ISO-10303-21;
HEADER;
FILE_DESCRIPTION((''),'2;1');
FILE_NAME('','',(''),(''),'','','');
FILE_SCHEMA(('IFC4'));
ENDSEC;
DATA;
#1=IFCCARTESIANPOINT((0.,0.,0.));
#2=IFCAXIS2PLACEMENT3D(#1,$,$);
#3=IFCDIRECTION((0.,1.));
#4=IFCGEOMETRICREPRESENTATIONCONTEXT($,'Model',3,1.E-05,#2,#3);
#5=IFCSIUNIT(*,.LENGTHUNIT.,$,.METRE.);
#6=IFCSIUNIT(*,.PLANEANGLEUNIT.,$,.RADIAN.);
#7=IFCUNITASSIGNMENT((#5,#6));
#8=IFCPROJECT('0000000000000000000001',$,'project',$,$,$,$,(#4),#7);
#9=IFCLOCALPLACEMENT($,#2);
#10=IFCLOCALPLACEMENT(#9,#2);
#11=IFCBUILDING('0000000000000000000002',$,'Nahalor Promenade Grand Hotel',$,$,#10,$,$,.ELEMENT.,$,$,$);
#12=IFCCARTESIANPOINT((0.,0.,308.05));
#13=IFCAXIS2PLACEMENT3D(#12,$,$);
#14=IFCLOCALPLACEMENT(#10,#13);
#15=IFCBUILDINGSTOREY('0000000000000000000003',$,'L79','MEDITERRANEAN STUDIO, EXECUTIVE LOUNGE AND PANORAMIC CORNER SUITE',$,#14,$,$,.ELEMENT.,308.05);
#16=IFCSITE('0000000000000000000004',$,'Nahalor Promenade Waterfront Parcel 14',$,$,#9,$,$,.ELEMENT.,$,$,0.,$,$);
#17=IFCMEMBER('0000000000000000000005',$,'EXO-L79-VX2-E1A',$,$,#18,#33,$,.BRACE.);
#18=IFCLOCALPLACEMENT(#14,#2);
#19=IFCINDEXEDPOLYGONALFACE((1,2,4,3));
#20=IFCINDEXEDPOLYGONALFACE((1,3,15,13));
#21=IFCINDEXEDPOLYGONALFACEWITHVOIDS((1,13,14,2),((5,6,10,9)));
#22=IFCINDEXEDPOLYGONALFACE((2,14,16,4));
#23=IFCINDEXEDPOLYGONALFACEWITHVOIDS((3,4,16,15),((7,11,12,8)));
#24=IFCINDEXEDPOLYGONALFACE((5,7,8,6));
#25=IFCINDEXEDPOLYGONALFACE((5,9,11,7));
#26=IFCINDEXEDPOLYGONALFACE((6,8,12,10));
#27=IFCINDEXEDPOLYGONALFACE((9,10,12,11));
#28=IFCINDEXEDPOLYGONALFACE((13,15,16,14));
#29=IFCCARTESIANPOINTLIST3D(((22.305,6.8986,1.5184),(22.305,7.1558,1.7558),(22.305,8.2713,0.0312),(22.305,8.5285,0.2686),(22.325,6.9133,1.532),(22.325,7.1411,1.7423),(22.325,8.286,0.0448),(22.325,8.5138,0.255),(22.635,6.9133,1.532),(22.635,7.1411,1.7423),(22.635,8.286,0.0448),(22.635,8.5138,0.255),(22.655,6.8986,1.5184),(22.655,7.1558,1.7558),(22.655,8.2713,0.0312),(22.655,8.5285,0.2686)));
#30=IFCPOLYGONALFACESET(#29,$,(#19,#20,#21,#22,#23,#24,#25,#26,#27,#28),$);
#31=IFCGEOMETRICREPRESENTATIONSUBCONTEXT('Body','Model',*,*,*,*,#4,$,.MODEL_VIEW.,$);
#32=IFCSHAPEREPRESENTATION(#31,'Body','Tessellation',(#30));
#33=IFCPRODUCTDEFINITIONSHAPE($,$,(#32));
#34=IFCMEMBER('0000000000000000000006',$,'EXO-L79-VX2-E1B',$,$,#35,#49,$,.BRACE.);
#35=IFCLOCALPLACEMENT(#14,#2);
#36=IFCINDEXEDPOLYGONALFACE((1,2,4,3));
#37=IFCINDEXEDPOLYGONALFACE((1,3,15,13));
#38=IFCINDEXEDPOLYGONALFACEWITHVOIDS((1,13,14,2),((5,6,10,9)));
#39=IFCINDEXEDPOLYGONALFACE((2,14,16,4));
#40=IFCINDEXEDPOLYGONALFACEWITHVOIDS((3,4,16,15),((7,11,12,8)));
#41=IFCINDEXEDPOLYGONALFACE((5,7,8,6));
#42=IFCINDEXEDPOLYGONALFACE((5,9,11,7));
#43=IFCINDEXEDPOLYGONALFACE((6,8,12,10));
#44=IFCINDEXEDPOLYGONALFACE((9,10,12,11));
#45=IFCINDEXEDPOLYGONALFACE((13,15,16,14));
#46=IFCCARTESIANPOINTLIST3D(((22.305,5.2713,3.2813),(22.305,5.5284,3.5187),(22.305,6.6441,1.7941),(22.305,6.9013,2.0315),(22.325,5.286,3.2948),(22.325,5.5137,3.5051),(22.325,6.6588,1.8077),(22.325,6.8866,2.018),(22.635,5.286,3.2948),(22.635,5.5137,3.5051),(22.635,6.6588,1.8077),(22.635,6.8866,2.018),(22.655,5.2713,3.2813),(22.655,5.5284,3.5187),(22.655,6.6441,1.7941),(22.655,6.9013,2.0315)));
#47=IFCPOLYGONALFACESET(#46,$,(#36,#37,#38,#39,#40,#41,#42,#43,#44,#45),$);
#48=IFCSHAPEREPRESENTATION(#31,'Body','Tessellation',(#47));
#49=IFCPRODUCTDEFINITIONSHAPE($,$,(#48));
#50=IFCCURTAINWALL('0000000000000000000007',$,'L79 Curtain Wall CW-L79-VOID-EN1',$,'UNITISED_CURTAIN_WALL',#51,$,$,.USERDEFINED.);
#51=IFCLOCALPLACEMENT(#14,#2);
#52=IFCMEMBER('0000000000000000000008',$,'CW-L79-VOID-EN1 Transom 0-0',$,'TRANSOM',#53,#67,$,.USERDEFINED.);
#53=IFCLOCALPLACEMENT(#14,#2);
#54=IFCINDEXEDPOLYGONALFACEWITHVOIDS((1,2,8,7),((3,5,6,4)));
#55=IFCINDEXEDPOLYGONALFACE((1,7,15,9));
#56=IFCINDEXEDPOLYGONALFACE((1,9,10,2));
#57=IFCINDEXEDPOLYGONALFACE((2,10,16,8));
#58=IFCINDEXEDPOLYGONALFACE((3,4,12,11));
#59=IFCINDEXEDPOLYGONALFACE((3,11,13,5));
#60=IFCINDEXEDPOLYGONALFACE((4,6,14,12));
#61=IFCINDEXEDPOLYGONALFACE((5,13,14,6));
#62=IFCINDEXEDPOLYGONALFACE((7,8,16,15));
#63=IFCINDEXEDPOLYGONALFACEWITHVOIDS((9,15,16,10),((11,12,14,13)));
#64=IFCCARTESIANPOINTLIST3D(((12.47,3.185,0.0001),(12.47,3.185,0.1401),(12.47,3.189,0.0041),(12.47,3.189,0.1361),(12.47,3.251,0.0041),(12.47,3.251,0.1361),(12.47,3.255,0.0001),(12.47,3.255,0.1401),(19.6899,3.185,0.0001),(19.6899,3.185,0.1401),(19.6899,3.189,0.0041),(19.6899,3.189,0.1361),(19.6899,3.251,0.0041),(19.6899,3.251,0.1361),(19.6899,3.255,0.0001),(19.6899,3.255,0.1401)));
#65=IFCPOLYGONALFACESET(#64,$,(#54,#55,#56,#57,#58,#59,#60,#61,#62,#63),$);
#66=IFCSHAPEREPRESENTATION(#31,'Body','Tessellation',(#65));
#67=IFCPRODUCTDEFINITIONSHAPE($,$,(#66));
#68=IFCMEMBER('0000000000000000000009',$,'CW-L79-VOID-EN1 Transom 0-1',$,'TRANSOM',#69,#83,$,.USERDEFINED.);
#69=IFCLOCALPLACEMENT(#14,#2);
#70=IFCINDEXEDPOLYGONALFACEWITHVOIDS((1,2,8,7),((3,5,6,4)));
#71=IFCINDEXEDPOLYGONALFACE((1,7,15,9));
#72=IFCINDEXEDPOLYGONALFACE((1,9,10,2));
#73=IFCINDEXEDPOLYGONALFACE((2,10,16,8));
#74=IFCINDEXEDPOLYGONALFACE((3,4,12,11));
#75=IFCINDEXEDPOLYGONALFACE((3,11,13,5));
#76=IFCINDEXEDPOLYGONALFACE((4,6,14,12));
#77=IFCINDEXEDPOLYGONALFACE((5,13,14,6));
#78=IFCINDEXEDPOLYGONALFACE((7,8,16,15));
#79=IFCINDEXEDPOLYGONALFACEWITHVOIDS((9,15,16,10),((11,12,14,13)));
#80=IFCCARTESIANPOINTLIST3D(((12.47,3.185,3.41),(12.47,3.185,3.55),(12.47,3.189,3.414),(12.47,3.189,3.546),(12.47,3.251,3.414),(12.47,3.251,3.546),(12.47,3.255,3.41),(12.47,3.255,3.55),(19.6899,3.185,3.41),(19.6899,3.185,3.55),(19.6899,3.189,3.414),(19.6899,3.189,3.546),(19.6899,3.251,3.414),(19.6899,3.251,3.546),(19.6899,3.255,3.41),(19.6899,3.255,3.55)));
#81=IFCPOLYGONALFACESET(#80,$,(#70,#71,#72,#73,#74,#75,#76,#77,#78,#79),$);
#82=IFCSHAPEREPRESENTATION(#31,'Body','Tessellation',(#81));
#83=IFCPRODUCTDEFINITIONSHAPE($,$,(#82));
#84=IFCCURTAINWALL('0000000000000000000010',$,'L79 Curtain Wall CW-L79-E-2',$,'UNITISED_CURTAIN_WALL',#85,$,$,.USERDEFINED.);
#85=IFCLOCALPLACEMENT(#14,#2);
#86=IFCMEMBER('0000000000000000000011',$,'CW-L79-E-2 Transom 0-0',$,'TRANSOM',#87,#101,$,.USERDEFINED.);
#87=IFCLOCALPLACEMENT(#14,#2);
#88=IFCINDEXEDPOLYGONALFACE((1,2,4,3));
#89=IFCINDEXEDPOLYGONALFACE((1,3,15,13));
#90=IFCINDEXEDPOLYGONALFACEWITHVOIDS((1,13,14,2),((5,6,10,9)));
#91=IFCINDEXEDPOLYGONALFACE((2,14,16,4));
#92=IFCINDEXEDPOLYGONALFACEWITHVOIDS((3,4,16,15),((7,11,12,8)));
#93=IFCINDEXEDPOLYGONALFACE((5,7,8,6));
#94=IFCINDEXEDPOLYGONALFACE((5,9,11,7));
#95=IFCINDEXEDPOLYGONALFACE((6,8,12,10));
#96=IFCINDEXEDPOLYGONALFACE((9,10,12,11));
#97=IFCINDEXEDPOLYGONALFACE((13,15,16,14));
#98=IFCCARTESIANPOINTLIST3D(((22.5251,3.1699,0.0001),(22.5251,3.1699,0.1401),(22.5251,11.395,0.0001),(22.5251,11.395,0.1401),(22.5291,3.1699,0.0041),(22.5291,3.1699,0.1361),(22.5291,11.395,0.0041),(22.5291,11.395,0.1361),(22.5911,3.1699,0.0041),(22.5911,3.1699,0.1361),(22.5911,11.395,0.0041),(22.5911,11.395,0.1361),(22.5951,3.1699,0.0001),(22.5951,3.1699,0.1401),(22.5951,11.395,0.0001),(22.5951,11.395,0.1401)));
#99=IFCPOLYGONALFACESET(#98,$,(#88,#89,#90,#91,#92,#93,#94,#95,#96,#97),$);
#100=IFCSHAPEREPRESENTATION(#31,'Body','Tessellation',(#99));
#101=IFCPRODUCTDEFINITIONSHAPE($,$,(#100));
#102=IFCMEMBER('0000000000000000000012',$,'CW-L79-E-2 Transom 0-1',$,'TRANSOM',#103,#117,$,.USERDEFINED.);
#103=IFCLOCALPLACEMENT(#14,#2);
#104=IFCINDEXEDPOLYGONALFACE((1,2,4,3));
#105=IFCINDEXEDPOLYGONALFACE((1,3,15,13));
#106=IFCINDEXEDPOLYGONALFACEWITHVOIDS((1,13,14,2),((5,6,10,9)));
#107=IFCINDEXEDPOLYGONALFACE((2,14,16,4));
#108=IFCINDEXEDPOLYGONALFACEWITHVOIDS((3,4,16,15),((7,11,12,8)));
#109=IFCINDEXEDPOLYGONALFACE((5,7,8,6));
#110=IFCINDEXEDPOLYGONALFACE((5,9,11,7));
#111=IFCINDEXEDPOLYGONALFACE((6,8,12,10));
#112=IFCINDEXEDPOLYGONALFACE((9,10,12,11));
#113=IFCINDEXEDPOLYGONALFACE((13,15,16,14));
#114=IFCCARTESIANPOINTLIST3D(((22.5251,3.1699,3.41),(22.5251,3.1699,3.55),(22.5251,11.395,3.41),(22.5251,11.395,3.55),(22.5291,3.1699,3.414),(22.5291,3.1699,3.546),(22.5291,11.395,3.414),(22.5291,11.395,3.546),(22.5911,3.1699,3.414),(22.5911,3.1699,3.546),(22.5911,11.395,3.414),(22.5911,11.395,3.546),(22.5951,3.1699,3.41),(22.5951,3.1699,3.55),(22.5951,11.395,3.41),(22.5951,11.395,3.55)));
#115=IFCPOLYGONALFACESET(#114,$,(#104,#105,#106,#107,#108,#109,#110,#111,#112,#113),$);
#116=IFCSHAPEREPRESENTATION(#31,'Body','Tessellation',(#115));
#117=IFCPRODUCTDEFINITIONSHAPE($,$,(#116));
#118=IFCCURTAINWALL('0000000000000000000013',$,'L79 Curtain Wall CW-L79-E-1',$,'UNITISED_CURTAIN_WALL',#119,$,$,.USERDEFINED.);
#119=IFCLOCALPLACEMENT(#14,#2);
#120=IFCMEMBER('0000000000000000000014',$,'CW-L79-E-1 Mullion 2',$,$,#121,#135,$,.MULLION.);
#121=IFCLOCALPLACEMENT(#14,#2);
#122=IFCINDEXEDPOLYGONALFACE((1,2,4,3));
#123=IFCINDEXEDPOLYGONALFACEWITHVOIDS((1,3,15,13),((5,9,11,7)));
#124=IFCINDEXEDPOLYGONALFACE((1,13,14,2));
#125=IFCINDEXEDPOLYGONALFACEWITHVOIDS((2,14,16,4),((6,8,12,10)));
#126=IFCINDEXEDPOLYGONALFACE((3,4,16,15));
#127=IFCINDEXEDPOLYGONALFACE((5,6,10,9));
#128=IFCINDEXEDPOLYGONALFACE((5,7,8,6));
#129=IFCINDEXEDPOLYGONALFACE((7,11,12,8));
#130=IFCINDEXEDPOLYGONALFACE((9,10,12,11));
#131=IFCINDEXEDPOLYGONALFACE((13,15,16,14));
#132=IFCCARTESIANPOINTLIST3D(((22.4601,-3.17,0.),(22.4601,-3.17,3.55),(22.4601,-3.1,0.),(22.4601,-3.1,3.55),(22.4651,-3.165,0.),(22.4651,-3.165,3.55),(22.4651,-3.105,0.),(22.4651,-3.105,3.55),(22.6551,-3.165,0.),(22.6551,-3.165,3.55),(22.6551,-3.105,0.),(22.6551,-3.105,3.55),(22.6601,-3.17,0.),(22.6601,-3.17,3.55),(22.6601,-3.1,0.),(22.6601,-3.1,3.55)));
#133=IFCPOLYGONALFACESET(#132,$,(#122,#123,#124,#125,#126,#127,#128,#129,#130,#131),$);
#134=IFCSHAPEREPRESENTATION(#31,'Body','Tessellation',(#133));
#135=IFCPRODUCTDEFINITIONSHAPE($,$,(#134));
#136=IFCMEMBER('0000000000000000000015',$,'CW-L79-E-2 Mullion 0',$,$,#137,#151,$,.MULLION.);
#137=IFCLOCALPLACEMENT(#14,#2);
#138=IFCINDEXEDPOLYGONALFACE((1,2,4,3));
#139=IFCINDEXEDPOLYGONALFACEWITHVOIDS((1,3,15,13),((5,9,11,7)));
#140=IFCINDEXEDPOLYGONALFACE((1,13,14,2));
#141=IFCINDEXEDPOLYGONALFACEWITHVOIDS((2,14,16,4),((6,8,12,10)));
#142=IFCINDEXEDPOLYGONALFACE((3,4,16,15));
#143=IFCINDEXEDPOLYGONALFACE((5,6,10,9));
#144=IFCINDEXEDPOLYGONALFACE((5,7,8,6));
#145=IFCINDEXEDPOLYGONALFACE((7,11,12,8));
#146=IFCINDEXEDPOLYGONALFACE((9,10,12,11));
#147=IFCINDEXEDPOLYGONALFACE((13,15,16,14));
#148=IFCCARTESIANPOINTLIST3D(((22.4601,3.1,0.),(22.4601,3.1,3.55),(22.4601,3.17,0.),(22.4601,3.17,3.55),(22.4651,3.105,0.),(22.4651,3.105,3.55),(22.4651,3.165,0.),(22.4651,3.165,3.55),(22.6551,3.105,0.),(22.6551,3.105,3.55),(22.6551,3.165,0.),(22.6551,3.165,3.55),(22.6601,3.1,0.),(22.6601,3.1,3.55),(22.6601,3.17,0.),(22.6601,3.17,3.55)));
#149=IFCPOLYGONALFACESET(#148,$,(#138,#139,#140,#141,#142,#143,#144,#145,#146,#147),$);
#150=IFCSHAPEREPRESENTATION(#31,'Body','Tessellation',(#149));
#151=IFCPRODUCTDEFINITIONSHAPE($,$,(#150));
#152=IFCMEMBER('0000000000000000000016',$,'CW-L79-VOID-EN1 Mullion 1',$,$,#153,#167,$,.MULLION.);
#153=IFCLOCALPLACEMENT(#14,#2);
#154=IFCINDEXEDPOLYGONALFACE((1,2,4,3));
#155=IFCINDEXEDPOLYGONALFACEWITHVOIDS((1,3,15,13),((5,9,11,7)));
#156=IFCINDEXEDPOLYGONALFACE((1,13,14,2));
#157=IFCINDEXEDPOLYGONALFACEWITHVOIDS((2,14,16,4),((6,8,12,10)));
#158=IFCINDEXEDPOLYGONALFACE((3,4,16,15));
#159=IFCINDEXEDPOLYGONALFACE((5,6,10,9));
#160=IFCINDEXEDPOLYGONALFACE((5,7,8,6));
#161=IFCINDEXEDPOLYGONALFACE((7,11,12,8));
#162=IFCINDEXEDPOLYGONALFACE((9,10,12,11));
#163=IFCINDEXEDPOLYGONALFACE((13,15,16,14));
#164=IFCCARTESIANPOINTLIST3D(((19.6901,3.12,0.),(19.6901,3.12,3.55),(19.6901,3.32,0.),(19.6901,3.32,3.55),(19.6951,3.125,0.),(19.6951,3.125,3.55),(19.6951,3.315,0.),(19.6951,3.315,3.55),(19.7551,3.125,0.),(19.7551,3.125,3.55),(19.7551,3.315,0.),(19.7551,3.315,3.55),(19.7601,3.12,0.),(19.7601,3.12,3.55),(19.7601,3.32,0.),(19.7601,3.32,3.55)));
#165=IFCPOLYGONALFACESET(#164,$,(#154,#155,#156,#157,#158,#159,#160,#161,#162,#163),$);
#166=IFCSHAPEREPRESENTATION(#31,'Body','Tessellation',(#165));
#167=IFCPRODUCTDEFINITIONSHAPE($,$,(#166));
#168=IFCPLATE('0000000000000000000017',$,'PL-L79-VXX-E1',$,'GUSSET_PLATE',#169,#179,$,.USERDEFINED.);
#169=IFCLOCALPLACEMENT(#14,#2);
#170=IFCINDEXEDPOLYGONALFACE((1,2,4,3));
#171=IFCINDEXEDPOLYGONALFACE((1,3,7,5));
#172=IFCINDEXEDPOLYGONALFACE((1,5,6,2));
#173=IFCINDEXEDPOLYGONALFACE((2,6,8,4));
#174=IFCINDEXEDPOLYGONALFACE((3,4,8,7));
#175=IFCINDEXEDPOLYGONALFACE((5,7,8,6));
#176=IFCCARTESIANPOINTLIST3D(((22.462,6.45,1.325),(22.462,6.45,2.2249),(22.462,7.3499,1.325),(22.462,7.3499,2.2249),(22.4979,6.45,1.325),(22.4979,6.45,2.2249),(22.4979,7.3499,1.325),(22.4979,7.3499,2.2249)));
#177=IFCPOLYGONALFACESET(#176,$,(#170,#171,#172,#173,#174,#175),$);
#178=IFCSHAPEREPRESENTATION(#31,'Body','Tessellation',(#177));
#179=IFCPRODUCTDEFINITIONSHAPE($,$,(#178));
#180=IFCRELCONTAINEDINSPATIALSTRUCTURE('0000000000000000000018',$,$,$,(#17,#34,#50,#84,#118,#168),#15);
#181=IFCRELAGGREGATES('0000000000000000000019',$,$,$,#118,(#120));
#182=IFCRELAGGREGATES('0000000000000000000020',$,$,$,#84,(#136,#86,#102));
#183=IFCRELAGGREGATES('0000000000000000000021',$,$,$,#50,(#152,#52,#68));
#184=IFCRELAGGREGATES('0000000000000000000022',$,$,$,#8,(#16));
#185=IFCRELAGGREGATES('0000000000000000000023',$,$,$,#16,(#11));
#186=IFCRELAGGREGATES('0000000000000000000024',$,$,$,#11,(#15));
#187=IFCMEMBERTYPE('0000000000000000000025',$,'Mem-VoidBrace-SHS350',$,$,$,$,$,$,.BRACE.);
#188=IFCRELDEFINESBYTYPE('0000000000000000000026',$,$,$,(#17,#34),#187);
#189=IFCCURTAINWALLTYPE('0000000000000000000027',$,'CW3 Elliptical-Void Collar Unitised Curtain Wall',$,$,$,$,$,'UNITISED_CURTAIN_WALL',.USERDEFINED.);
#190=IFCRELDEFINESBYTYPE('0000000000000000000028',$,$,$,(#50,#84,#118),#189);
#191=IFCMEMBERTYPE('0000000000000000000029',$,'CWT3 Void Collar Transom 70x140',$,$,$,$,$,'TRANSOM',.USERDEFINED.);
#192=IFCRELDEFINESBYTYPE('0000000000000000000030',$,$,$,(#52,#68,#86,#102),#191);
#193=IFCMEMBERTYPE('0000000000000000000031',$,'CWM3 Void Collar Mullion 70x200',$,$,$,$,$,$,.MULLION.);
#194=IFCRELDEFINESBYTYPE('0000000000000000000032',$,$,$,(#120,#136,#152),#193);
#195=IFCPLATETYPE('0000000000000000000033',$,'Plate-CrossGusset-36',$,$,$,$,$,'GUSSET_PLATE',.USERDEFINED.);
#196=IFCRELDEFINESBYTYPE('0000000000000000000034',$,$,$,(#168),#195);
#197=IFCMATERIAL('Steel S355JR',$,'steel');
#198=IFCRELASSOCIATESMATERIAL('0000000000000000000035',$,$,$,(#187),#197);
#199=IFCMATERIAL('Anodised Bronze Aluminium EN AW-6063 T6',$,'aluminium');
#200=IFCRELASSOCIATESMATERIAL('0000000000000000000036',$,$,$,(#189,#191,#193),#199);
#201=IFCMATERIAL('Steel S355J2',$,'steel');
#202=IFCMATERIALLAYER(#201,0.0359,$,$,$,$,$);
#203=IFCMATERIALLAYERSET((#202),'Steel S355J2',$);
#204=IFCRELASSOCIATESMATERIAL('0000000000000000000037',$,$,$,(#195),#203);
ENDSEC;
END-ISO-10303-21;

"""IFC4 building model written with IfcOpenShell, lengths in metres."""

from ifc_helpers import new_model, si_unit, direction, frame, origin, origin_2d, place, context, subcontext, project, spatial, rectangle, hollow_rectangle, extrude, source, transform, mapped, material, layer, layer_set, material_profile, profile_set, type_object, element, aggregate, save


model = new_model("IFC4")

# Units and contexts
model_context = context("Model", 3, precision=1e-05, world=origin(), true_north=direction((0.0, 1.0)))
body_context = subcontext(model_context, "Body", "Model", "MODEL_VIEW")
ifc_project = project(units=[si_unit("LENGTHUNIT", "METRE"), si_unit("PLANEANGLEUNIT", "RADIAN")], contexts=[model_context])

# Site, building, storey
site_placement = place(None, origin())
site = spatial("IfcSite", under=ifc_project, at=site_placement, Name="Nahalor Promenade Waterfront Parcel 14", CompositionType="ELEMENT", RefElevation=0.0)
building_placement = place(site_placement, origin())
building = spatial("IfcBuilding", under=site, at=building_placement, Name="Nahalor Promenade Grand Hotel", CompositionType="ELEMENT")
storey_placement = place(building_placement, frame((0.0, 0.0, 308.05)))
storey = spatial("IfcBuildingStorey", under=building, at=storey_placement, Name="L79", Description="MEDITERRANEAN STUDIO, EXECUTIVE LOUNGE AND PANORAMIC CORNER SUITE", CompositionType="ELEMENT", Elevation=308.05)

# Shared definitions
ifc_material_1 = material(Name="Steel S355JR", Category="steel")

# Members
ifc_material_profile_1 = material_profile(ifc_material_1, hollow_rectangle(XDim=0.35, YDim=0.35, WallThickness=0.02, at=origin_2d()), Name="SHS 350x350x20")
ifc_profile_set_1 = profile_set([ifc_material_profile_1], Name="Steel S355JR")
member_type_1 = type_object("IfcMemberType", Name="Mem-VoidBrace-SHS350", PredefinedType="BRACE", material=ifc_profile_set_1)
shared_shape_1 = source(origin(), body_context, "Body", "SweptSolid", [
    extrude(hollow_rectangle(XDim=0.35, YDim=0.35, WallThickness=0.02, at=origin_2d()), origin(), (0.0, 0.0, 1.0), 2.0239),
])
for number, where, z_axis, x_axis, name in (
    (1, (22.48, 8.3999, 0.1499), (0.0, -0.678255, 0.734827), (1.0, 0.0, 0.0), "EXO-L79-VX2-E1A"),
    (2, (22.48, 6.7727, 1.9128), (0.0, -0.678315, 0.734771), (1.0, 0.0, 0.0), "EXO-L79-VX2-E1B"),
):
    element("IfcMember", number, at=place(storey_placement, frame(where, z_axis=z_axis, x_axis=x_axis)), inside=storey, type_object=member_type_1, Name=name, PredefinedType="BRACE", context=body_context, shape_type="MappedRepresentation", body=[
        mapped(shared_shape_1, transform((0.0, 0.0, 0.0), scale=1.0)),
    ])

# Curtain walls, members
ifc_material_2 = material(Name="Anodised Bronze Aluminium EN AW-6063 T6", Category="aluminium")
curtain_wall_type = type_object("IfcCurtainWallType", Name="CW3 Elliptical-Void Collar Unitised Curtain Wall", ElementType="UNITISED_CURTAIN_WALL", PredefinedType="USERDEFINED", material=ifc_material_2)
curtain_wall_1_placement = place(storey_placement, origin())
curtain_wall_1 = element("IfcCurtainWall", 3, at=curtain_wall_1_placement, inside=storey, type_object=curtain_wall_type, Name="L79 Curtain Wall CW-L79-VOID-EN1", ObjectType="UNITISED_CURTAIN_WALL", PredefinedType="USERDEFINED")
ifc_material_profile_2 = material_profile(ifc_material_2, hollow_rectangle(XDim=0.07, YDim=0.14, WallThickness=0.004, at=origin_2d()), Name="CWT 70x140x4")
ifc_profile_set_2 = profile_set([ifc_material_profile_2], Name="Anodised Bronze Aluminium EN AW-6063 T6")
member_type_2 = type_object("IfcMemberType", Name="CWT3 Void Collar Transom 70x140", ElementType="TRANSOM", PredefinedType="USERDEFINED", material=ifc_profile_set_2)
shared_shape_2 = source(origin(), body_context, "Body", "SweptSolid", [
    extrude(hollow_rectangle(XDim=0.07, YDim=0.14, WallThickness=0.004, at=origin_2d()), origin(), (0.0, 0.0, 1.0), 7.22),
])
member_1_placement = place(storey_placement, frame((12.47, 3.22, 0.0701), z_axis=(1.0, 0.0, 0.0), x_axis=(0.0, 1.0, 0.0)))
member_1 = element("IfcMember", 4, at=member_1_placement, type_object=member_type_2, Name="CW-L79-VOID-EN1 Transom 0-0", ObjectType="TRANSOM", PredefinedType="USERDEFINED", context=body_context, shape_type="MappedRepresentation", body=[
    mapped(shared_shape_2, transform((0.0, 0.0, 0.0), scale=1.0)),
])
member_2_placement = place(storey_placement, frame((12.47, 3.22, 3.48), z_axis=(1.0, 0.0, 0.0), x_axis=(0.0, 1.0, 0.0)))
member_2 = element("IfcMember", 5, at=member_2_placement, type_object=member_type_2, Name="CW-L79-VOID-EN1 Transom 0-1", ObjectType="TRANSOM", PredefinedType="USERDEFINED", context=body_context, shape_type="MappedRepresentation", body=[
    mapped(shared_shape_2, transform((0.0, 0.0, 0.0), scale=1.0)),
])
curtain_wall_2_placement = place(storey_placement, origin())
curtain_wall_2 = element("IfcCurtainWall", 6, at=curtain_wall_2_placement, inside=storey, type_object=curtain_wall_type, Name="L79 Curtain Wall CW-L79-E-2", ObjectType="UNITISED_CURTAIN_WALL", PredefinedType="USERDEFINED")
shared_shape_3 = source(origin(), body_context, "Body", "SweptSolid", [
    extrude(hollow_rectangle(XDim=0.07, YDim=0.14, WallThickness=0.004, at=origin_2d()), origin(), (0.0, 0.0, 1.0), 8.2251),
])
member_3_placement = place(storey_placement, frame((22.5601, 3.1699, 0.0701), z_axis=(0.0, 1.0, 0.0), x_axis=(-1.0, 0.0, 0.0)))
member_3 = element("IfcMember", 7, at=member_3_placement, type_object=member_type_2, Name="CW-L79-E-2 Transom 0-0", ObjectType="TRANSOM", PredefinedType="USERDEFINED", context=body_context, shape_type="MappedRepresentation", body=[
    mapped(shared_shape_3, transform((0.0, 0.0, 0.0), scale=1.0)),
])
member_4_placement = place(storey_placement, frame((22.5601, 3.1699, 3.48), z_axis=(0.0, 1.0, 0.0), x_axis=(-1.0, 0.0, 0.0)))
member_4 = element("IfcMember", 8, at=member_4_placement, type_object=member_type_2, Name="CW-L79-E-2 Transom 0-1", ObjectType="TRANSOM", PredefinedType="USERDEFINED", context=body_context, shape_type="MappedRepresentation", body=[
    mapped(shared_shape_3, transform((0.0, 0.0, 0.0), scale=1.0)),
])

# Curtain wall, member
curtain_wall_3_placement = place(storey_placement, origin())
curtain_wall_3 = element("IfcCurtainWall", 9, at=curtain_wall_3_placement, inside=storey, type_object=curtain_wall_type, Name="L79 Curtain Wall CW-L79-E-1", ObjectType="UNITISED_CURTAIN_WALL", PredefinedType="USERDEFINED")
ifc_material_profile_3 = material_profile(ifc_material_2, hollow_rectangle(XDim=0.07, YDim=0.2, WallThickness=0.005, at=origin_2d()), Name="CWM 70x200x5")
ifc_profile_set_3 = profile_set([ifc_material_profile_3], Name="Anodised Bronze Aluminium EN AW-6063 T6")
member_type_3 = type_object("IfcMemberType", Name="CWM3 Void Collar Mullion 70x200", PredefinedType="MULLION", material=ifc_profile_set_3)
shared_shape_4 = source(origin(), body_context, "Body", "SweptSolid", [
    extrude(hollow_rectangle(XDim=0.07, YDim=0.2, WallThickness=0.005, at=origin_2d()), origin(), (0.0, 0.0, 1.0), 3.55),
])
member_5_placement = place(storey_placement, frame((22.5601, -3.135, 0.0), z_axis=(0.0, 0.0, 1.0), x_axis=(0.0, 1.0, 0.0)))
member_5 = element("IfcMember", 10, at=member_5_placement, type_object=member_type_3, Name="CW-L79-E-1 Mullion 2", PredefinedType="MULLION", context=body_context, shape_type="MappedRepresentation", body=[
    mapped(shared_shape_4, transform((0.0, 0.0, 0.0), scale=1.0)),
])
aggregate(curtain_wall_3, [member_5])

# Members
member_6_placement = place(storey_placement, frame((22.5601, 3.135, 0.0), z_axis=(0.0, 0.0, 1.0), x_axis=(0.0, 1.0, 0.0)))
member_6 = element("IfcMember", 11, at=member_6_placement, type_object=member_type_3, Name="CW-L79-E-2 Mullion 0", PredefinedType="MULLION", context=body_context, shape_type="MappedRepresentation", body=[
    mapped(shared_shape_4, transform((0.0, 0.0, 0.0), scale=1.0)),
])
member_7_placement = place(storey_placement, frame((19.7251, 3.22, 0.0), z_axis=(0.0, 0.0, 1.0), x_axis=(1.0, 0.0, 0.0)))
member_7 = element("IfcMember", 12, at=member_7_placement, type_object=member_type_3, Name="CW-L79-VOID-EN1 Mullion 1", PredefinedType="MULLION", context=body_context, shape_type="MappedRepresentation", body=[
    mapped(shared_shape_4, transform((0.0, 0.0, 0.0), scale=1.0)),
])

# Plate
aggregate(curtain_wall_2, [member_6, member_3, member_4])
ifc_material_3 = material(Name="Steel S355J2", Category="steel")
ifc_layer_1 = layer(ifc_material_3, 0.0359)
ifc_layer_set_1 = layer_set([ifc_layer_1], Name="Steel S355J2")
plate_type_1 = type_object("IfcPlateType", Name="Plate-CrossGusset-36", ElementType="GUSSET_PLATE", PredefinedType="USERDEFINED", material=ifc_layer_set_1)
shared_shape_5 = source(origin(), body_context, "Body", "SweptSolid", [
    extrude(rectangle(XDim=0.8999, YDim=0.0359, at=origin_2d()), origin(), (0.0, 0.0, 1.0), 0.8999),
])
plate_1_placement = place(storey_placement, frame((22.48, 6.8999, 1.325), z_axis=(0.0, 0.0, 1.0), x_axis=(0.0, 1.0, 0.0)))
element("IfcPlate", 13, at=plate_1_placement, inside=storey, type_object=plate_type_1, Name="PL-L79-VXX-E1", ObjectType="GUSSET_PLATE", PredefinedType="USERDEFINED", context=body_context, shape_type="MappedRepresentation", body=[
    mapped(shared_shape_5, transform((0.0, 0.0, 0.0), scale=1.0)),
])
aggregate(curtain_wall_1, [member_7, member_1, member_2])

save(model, "model.ifc")
